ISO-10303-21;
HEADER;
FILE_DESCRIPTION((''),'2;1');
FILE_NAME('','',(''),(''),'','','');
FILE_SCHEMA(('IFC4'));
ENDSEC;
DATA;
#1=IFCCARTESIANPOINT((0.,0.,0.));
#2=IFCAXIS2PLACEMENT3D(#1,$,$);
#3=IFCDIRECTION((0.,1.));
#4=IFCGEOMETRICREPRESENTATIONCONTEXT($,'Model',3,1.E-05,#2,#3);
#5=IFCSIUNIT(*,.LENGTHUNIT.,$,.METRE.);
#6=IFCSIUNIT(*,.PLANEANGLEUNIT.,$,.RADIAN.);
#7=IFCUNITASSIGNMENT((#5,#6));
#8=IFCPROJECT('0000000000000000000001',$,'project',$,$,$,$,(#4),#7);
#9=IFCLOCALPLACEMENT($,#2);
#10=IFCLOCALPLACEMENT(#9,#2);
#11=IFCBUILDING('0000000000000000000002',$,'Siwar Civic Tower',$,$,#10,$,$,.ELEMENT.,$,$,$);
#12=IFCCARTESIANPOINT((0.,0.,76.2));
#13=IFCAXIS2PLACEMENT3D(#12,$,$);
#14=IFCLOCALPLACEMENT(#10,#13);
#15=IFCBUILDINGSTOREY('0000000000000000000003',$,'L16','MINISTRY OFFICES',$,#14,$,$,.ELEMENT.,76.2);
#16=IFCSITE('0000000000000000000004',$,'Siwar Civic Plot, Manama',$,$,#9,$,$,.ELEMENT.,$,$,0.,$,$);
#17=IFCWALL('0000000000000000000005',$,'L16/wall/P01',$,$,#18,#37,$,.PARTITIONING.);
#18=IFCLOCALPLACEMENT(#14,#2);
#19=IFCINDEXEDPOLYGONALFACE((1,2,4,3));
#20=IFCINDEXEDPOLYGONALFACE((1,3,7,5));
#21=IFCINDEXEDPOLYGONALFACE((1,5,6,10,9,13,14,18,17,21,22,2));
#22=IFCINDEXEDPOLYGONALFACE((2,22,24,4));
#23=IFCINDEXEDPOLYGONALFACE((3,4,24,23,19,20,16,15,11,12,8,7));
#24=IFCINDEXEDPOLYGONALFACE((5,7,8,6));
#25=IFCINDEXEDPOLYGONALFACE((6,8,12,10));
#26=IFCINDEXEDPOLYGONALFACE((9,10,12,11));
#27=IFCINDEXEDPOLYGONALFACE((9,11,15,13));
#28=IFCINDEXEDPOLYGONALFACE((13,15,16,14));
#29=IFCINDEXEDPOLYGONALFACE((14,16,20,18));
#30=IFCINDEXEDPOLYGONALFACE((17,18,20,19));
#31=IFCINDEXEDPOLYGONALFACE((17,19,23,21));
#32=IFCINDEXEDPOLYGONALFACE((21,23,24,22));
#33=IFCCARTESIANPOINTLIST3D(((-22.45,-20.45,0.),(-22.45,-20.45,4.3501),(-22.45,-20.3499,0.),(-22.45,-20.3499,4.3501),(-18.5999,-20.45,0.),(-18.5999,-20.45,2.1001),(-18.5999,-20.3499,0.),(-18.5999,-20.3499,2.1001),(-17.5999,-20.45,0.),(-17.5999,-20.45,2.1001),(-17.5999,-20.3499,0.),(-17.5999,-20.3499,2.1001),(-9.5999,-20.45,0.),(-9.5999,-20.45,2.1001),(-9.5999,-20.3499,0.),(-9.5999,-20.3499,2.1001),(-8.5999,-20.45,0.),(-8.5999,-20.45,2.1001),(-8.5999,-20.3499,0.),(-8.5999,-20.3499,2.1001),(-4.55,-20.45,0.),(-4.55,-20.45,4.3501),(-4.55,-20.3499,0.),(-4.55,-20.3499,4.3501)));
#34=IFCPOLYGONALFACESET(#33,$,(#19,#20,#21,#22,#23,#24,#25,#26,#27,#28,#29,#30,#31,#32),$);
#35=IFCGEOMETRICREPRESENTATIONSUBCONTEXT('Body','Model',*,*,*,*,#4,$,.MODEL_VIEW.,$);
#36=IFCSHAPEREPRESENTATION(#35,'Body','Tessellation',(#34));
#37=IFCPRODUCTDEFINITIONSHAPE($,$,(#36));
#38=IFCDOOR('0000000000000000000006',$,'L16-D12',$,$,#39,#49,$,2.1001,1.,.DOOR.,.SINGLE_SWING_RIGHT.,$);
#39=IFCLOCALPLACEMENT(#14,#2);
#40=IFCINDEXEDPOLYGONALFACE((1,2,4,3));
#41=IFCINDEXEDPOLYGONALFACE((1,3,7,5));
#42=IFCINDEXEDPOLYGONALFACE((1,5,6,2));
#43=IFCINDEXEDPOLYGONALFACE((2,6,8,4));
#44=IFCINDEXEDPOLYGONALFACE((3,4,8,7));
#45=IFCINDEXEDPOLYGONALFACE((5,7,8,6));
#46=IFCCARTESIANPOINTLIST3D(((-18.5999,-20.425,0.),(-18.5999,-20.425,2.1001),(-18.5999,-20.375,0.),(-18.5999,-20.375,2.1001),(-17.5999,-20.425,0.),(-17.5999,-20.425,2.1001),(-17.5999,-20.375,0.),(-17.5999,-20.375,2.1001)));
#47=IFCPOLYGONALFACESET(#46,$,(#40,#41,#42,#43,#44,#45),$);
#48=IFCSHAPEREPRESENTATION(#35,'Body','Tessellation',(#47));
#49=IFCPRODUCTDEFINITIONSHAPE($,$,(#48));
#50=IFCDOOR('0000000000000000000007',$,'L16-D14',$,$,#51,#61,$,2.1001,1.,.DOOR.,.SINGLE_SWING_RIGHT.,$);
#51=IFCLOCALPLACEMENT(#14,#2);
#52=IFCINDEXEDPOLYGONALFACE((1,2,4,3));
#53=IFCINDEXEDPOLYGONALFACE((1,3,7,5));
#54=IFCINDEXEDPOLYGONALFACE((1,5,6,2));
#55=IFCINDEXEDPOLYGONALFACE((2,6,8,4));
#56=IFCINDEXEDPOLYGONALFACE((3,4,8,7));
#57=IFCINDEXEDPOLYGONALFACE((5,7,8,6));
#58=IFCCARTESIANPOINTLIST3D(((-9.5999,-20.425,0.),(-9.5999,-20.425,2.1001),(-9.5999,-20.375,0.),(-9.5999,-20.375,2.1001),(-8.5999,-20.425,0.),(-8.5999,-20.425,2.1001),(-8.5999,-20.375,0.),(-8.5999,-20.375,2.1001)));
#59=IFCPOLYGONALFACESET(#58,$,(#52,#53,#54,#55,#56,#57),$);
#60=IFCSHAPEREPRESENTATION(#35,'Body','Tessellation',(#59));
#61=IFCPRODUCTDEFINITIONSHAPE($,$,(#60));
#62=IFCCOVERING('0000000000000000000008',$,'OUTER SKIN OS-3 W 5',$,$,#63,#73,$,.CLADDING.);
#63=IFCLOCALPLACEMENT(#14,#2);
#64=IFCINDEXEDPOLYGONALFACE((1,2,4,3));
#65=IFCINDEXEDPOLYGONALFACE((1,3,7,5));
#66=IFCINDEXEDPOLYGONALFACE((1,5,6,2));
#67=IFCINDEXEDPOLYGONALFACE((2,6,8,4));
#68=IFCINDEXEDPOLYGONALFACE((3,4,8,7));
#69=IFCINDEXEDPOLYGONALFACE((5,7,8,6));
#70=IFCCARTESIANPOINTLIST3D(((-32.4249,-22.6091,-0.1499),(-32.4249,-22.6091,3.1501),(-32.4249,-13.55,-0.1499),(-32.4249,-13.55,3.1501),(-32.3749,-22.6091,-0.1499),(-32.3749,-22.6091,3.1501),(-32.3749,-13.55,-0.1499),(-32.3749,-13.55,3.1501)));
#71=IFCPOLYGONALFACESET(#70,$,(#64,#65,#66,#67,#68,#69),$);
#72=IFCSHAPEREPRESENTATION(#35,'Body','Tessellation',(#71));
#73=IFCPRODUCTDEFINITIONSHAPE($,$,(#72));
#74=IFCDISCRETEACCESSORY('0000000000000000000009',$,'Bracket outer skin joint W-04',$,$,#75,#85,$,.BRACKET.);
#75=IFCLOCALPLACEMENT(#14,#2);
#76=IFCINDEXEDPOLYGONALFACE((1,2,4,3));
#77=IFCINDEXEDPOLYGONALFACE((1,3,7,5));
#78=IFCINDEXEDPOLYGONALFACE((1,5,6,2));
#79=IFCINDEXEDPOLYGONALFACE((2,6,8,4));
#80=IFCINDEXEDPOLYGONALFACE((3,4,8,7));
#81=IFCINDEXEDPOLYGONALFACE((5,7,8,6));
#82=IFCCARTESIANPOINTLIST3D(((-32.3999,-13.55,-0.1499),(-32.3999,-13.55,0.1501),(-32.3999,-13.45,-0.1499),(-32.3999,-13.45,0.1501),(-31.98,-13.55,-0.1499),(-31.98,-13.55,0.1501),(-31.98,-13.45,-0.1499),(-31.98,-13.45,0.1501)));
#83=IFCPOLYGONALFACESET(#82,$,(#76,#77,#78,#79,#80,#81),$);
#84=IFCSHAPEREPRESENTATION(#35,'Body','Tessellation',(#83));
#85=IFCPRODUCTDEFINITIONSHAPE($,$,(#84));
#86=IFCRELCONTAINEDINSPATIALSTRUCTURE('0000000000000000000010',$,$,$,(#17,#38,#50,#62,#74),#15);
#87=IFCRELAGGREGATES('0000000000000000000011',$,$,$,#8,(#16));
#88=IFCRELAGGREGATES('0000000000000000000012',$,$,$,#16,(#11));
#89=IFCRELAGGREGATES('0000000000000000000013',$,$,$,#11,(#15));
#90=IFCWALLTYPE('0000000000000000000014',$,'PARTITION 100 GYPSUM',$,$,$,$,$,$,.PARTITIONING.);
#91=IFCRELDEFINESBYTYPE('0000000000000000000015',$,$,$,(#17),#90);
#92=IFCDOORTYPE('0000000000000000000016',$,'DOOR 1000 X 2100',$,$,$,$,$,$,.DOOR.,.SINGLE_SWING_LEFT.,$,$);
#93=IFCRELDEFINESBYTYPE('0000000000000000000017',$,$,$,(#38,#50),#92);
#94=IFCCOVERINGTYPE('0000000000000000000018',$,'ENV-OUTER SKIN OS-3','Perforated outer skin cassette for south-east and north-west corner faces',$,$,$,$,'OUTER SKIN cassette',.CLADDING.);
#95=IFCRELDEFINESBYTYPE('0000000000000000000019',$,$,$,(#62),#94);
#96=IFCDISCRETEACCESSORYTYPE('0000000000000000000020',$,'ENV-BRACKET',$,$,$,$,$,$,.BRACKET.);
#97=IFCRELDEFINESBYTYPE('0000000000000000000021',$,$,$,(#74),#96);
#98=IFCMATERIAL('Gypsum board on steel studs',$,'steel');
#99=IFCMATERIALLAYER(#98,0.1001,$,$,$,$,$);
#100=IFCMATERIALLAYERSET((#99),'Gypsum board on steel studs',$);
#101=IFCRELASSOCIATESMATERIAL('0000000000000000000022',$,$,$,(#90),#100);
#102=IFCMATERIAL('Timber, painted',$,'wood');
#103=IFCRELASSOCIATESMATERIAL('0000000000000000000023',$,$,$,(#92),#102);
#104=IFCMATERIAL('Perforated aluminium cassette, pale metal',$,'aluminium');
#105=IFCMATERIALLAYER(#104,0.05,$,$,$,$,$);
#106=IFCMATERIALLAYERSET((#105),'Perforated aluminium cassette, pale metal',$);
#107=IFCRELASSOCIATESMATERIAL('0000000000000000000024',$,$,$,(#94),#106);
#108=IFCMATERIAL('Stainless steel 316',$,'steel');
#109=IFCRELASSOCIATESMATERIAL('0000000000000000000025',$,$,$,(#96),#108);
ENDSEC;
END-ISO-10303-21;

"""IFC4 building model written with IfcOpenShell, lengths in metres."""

from ifc_helpers import new_model, si_unit, direction, frame, frame_2d, origin, origin_2d, place, context, subcontext, project, spatial, rectangle, extrude, material, layer, layer_set, type_object, element, fill, save


model = new_model("IFC4")

# Units and contexts
model_context = context("Model", 3, precision=1e-05, world=origin(), true_north=direction((0.0, 1.0)))
body_context = subcontext(model_context, "Body", "Model", "MODEL_VIEW")
ifc_project = project(units=[si_unit("LENGTHUNIT", "METRE"), si_unit("PLANEANGLEUNIT", "RADIAN")], contexts=[model_context])

# Site, building, storey
site_placement = place(None, origin())
site = spatial("IfcSite", under=ifc_project, at=site_placement, Name="Siwar Civic Plot, Manama", CompositionType="ELEMENT", RefElevation=0.0)
building_placement = place(site_placement, origin())
building = spatial("IfcBuilding", under=site, at=building_placement, Name="Siwar Civic Tower", CompositionType="ELEMENT")
storey_placement = place(building_placement, frame((0.0, 0.0, 76.2)))
storey = spatial("IfcBuildingStorey", under=building, at=storey_placement, Name="L16", Description="MINISTRY OFFICES", CompositionType="ELEMENT", Elevation=76.2)

# Wall, openings, doors
ifc_material_1 = material(Name="Gypsum board on steel studs", Category="steel")
ifc_layer_1 = layer(ifc_material_1, 0.1001)
ifc_layer_set_1 = layer_set([ifc_layer_1], Name="Gypsum board on steel studs")
wall_type_1 = type_object("IfcWallType", Name="PARTITION 100 GYPSUM", PredefinedType="PARTITIONING", material=ifc_layer_set_1)
wall_1_placement = place(storey_placement, frame((-22.45, -20.3999, 0.0), z_axis=(0.0, 0.0, 1.0), x_axis=(1.0, 0.0, 0.0)))
wall_1 = element("IfcWall", 1, at=wall_1_placement, inside=storey, type_object=wall_type_1, Name="L16/wall/P01", PredefinedType="PARTITIONING", context=body_context, shape_type="SweptSolid", body=[
    extrude(rectangle(XDim=17.8999, YDim=0.1001, at=frame_2d((8.95, 0.0))), origin(), (0.0, 0.0, 1.0), 4.3501),
])
opening_1_placement = place(wall_1_placement, frame((3.8501, 0.0, 0.0)))
opening_1 = element("IfcOpeningElement", 2, at=opening_1_placement, cuts=wall_1, PredefinedType="OPENING", context=body_context, shape_type="SweptSolid", body=[
    extrude(rectangle(XDim=1.0, YDim=2.1001, at=frame_2d((0.5, 1.05))), frame((0.0, 0.0601, 0.0), z_axis=(0.0, -1.0, 0.0), x_axis=(1.0, 0.0, 0.0)), (0.0, 0.0, 1.0), 0.1201),
])
opening_2_placement = place(wall_1_placement, frame((12.8501, 0.0, 0.0)))
opening_2 = element("IfcOpeningElement", 3, at=opening_2_placement, cuts=wall_1, PredefinedType="OPENING", context=body_context, shape_type="SweptSolid", body=[
    extrude(rectangle(XDim=1.0, YDim=2.1001, at=frame_2d((0.5, 1.05))), frame((0.0, 0.0601, 0.0), z_axis=(0.0, -1.0, 0.0), x_axis=(1.0, 0.0, 0.0)), (0.0, 0.0, 1.0), 0.1201),
])
ifc_material_2 = material(Name="Timber, painted", Category="wood")
door_type_1 = type_object("IfcDoorType", Name="DOOR 1000 X 2100", OperationType="SINGLE_SWING_LEFT", PredefinedType="DOOR", material=ifc_material_2)
door_1_placement = place(opening_1_placement, origin())
door_1 = element("IfcDoor", 4, at=door_1_placement, inside=storey, type_object=door_type_1, Name="L16-D12", OperationType="SINGLE_SWING_RIGHT", OverallHeight=2.1001, OverallWidth=1.0, PredefinedType="DOOR", context=body_context, shape_type="SweptSolid", body=[
    extrude(rectangle(XDim=1.0, YDim=2.1001, at=frame_2d((0.5, 1.05))), frame((0.0, 0.0249, 0.0), z_axis=(0.0, -1.0, 0.0), x_axis=(1.0, 0.0, 0.0)), (0.0, 0.0, 1.0), 0.05),
])
fill(opening_1, door_1)
door_2_placement = place(opening_2_placement, origin())
door_2 = element("IfcDoor", 5, at=door_2_placement, inside=storey, type_object=door_type_1, Name="L16-D14", OperationType="SINGLE_SWING_RIGHT", OverallHeight=2.1001, OverallWidth=1.0, PredefinedType="DOOR", context=body_context, shape_type="SweptSolid", body=[
    extrude(rectangle(XDim=1.0, YDim=2.1001, at=frame_2d((0.5, 1.05))), frame((0.0, 0.0249, 0.0), z_axis=(0.0, -1.0, 0.0), x_axis=(1.0, 0.0, 0.0)), (0.0, 0.0, 1.0), 0.05),
])
fill(opening_2, door_2)

# Covering
ifc_material_3 = material(Name="Perforated aluminium cassette, pale metal", Category="aluminium")
ifc_layer_2 = layer(ifc_material_3, 0.05)
ifc_layer_set_2 = layer_set([ifc_layer_2], Name="Perforated aluminium cassette, pale metal")
covering_type = type_object("IfcCoveringType", Name="ENV-OUTER SKIN OS-3", Description="Perforated outer skin cassette for south-east and north-west corner faces", ElementType="OUTER SKIN cassette", PredefinedType="CLADDING", material=ifc_layer_set_2)
covering_placement = place(storey_placement, frame((-32.3999, -18.0796, -0.1499), z_axis=(0.0, 0.0, 1.0), x_axis=(0.0, -1.0, 0.0)))
element("IfcCovering", 6, at=covering_placement, inside=storey, type_object=covering_type, Name="OUTER SKIN OS-3 W 5", PredefinedType="CLADDING", context=body_context, shape_type="SweptSolid", body=[
    extrude(rectangle(XDim=9.0591, YDim=0.05, at=origin_2d()), origin(), (0.0, 0.0, 1.0), 3.3),
])

# Discrete accessory
ifc_material_4 = material(Name="Stainless steel 316", Category="steel")
discrete_accessory_type = type_object("IfcDiscreteAccessoryType", Name="ENV-BRACKET", PredefinedType="BRACKET", material=ifc_material_4)
discrete_accessory_placement = place(storey_placement, frame((-32.1899, -13.5, -0.1499), z_axis=(0.0, 0.0, 1.0), x_axis=(-1.0, 0.0, 0.0)))
element("IfcDiscreteAccessory", 7, at=discrete_accessory_placement, inside=storey, type_object=discrete_accessory_type, Name="Bracket outer skin joint W-04", PredefinedType="BRACKET", context=body_context, shape_type="SweptSolid", body=[
    extrude(rectangle(XDim=0.4199, YDim=0.1001, at=origin_2d()), origin(), (0.0, 0.0, 1.0), 0.3),
])

save(model, "model.ifc")
